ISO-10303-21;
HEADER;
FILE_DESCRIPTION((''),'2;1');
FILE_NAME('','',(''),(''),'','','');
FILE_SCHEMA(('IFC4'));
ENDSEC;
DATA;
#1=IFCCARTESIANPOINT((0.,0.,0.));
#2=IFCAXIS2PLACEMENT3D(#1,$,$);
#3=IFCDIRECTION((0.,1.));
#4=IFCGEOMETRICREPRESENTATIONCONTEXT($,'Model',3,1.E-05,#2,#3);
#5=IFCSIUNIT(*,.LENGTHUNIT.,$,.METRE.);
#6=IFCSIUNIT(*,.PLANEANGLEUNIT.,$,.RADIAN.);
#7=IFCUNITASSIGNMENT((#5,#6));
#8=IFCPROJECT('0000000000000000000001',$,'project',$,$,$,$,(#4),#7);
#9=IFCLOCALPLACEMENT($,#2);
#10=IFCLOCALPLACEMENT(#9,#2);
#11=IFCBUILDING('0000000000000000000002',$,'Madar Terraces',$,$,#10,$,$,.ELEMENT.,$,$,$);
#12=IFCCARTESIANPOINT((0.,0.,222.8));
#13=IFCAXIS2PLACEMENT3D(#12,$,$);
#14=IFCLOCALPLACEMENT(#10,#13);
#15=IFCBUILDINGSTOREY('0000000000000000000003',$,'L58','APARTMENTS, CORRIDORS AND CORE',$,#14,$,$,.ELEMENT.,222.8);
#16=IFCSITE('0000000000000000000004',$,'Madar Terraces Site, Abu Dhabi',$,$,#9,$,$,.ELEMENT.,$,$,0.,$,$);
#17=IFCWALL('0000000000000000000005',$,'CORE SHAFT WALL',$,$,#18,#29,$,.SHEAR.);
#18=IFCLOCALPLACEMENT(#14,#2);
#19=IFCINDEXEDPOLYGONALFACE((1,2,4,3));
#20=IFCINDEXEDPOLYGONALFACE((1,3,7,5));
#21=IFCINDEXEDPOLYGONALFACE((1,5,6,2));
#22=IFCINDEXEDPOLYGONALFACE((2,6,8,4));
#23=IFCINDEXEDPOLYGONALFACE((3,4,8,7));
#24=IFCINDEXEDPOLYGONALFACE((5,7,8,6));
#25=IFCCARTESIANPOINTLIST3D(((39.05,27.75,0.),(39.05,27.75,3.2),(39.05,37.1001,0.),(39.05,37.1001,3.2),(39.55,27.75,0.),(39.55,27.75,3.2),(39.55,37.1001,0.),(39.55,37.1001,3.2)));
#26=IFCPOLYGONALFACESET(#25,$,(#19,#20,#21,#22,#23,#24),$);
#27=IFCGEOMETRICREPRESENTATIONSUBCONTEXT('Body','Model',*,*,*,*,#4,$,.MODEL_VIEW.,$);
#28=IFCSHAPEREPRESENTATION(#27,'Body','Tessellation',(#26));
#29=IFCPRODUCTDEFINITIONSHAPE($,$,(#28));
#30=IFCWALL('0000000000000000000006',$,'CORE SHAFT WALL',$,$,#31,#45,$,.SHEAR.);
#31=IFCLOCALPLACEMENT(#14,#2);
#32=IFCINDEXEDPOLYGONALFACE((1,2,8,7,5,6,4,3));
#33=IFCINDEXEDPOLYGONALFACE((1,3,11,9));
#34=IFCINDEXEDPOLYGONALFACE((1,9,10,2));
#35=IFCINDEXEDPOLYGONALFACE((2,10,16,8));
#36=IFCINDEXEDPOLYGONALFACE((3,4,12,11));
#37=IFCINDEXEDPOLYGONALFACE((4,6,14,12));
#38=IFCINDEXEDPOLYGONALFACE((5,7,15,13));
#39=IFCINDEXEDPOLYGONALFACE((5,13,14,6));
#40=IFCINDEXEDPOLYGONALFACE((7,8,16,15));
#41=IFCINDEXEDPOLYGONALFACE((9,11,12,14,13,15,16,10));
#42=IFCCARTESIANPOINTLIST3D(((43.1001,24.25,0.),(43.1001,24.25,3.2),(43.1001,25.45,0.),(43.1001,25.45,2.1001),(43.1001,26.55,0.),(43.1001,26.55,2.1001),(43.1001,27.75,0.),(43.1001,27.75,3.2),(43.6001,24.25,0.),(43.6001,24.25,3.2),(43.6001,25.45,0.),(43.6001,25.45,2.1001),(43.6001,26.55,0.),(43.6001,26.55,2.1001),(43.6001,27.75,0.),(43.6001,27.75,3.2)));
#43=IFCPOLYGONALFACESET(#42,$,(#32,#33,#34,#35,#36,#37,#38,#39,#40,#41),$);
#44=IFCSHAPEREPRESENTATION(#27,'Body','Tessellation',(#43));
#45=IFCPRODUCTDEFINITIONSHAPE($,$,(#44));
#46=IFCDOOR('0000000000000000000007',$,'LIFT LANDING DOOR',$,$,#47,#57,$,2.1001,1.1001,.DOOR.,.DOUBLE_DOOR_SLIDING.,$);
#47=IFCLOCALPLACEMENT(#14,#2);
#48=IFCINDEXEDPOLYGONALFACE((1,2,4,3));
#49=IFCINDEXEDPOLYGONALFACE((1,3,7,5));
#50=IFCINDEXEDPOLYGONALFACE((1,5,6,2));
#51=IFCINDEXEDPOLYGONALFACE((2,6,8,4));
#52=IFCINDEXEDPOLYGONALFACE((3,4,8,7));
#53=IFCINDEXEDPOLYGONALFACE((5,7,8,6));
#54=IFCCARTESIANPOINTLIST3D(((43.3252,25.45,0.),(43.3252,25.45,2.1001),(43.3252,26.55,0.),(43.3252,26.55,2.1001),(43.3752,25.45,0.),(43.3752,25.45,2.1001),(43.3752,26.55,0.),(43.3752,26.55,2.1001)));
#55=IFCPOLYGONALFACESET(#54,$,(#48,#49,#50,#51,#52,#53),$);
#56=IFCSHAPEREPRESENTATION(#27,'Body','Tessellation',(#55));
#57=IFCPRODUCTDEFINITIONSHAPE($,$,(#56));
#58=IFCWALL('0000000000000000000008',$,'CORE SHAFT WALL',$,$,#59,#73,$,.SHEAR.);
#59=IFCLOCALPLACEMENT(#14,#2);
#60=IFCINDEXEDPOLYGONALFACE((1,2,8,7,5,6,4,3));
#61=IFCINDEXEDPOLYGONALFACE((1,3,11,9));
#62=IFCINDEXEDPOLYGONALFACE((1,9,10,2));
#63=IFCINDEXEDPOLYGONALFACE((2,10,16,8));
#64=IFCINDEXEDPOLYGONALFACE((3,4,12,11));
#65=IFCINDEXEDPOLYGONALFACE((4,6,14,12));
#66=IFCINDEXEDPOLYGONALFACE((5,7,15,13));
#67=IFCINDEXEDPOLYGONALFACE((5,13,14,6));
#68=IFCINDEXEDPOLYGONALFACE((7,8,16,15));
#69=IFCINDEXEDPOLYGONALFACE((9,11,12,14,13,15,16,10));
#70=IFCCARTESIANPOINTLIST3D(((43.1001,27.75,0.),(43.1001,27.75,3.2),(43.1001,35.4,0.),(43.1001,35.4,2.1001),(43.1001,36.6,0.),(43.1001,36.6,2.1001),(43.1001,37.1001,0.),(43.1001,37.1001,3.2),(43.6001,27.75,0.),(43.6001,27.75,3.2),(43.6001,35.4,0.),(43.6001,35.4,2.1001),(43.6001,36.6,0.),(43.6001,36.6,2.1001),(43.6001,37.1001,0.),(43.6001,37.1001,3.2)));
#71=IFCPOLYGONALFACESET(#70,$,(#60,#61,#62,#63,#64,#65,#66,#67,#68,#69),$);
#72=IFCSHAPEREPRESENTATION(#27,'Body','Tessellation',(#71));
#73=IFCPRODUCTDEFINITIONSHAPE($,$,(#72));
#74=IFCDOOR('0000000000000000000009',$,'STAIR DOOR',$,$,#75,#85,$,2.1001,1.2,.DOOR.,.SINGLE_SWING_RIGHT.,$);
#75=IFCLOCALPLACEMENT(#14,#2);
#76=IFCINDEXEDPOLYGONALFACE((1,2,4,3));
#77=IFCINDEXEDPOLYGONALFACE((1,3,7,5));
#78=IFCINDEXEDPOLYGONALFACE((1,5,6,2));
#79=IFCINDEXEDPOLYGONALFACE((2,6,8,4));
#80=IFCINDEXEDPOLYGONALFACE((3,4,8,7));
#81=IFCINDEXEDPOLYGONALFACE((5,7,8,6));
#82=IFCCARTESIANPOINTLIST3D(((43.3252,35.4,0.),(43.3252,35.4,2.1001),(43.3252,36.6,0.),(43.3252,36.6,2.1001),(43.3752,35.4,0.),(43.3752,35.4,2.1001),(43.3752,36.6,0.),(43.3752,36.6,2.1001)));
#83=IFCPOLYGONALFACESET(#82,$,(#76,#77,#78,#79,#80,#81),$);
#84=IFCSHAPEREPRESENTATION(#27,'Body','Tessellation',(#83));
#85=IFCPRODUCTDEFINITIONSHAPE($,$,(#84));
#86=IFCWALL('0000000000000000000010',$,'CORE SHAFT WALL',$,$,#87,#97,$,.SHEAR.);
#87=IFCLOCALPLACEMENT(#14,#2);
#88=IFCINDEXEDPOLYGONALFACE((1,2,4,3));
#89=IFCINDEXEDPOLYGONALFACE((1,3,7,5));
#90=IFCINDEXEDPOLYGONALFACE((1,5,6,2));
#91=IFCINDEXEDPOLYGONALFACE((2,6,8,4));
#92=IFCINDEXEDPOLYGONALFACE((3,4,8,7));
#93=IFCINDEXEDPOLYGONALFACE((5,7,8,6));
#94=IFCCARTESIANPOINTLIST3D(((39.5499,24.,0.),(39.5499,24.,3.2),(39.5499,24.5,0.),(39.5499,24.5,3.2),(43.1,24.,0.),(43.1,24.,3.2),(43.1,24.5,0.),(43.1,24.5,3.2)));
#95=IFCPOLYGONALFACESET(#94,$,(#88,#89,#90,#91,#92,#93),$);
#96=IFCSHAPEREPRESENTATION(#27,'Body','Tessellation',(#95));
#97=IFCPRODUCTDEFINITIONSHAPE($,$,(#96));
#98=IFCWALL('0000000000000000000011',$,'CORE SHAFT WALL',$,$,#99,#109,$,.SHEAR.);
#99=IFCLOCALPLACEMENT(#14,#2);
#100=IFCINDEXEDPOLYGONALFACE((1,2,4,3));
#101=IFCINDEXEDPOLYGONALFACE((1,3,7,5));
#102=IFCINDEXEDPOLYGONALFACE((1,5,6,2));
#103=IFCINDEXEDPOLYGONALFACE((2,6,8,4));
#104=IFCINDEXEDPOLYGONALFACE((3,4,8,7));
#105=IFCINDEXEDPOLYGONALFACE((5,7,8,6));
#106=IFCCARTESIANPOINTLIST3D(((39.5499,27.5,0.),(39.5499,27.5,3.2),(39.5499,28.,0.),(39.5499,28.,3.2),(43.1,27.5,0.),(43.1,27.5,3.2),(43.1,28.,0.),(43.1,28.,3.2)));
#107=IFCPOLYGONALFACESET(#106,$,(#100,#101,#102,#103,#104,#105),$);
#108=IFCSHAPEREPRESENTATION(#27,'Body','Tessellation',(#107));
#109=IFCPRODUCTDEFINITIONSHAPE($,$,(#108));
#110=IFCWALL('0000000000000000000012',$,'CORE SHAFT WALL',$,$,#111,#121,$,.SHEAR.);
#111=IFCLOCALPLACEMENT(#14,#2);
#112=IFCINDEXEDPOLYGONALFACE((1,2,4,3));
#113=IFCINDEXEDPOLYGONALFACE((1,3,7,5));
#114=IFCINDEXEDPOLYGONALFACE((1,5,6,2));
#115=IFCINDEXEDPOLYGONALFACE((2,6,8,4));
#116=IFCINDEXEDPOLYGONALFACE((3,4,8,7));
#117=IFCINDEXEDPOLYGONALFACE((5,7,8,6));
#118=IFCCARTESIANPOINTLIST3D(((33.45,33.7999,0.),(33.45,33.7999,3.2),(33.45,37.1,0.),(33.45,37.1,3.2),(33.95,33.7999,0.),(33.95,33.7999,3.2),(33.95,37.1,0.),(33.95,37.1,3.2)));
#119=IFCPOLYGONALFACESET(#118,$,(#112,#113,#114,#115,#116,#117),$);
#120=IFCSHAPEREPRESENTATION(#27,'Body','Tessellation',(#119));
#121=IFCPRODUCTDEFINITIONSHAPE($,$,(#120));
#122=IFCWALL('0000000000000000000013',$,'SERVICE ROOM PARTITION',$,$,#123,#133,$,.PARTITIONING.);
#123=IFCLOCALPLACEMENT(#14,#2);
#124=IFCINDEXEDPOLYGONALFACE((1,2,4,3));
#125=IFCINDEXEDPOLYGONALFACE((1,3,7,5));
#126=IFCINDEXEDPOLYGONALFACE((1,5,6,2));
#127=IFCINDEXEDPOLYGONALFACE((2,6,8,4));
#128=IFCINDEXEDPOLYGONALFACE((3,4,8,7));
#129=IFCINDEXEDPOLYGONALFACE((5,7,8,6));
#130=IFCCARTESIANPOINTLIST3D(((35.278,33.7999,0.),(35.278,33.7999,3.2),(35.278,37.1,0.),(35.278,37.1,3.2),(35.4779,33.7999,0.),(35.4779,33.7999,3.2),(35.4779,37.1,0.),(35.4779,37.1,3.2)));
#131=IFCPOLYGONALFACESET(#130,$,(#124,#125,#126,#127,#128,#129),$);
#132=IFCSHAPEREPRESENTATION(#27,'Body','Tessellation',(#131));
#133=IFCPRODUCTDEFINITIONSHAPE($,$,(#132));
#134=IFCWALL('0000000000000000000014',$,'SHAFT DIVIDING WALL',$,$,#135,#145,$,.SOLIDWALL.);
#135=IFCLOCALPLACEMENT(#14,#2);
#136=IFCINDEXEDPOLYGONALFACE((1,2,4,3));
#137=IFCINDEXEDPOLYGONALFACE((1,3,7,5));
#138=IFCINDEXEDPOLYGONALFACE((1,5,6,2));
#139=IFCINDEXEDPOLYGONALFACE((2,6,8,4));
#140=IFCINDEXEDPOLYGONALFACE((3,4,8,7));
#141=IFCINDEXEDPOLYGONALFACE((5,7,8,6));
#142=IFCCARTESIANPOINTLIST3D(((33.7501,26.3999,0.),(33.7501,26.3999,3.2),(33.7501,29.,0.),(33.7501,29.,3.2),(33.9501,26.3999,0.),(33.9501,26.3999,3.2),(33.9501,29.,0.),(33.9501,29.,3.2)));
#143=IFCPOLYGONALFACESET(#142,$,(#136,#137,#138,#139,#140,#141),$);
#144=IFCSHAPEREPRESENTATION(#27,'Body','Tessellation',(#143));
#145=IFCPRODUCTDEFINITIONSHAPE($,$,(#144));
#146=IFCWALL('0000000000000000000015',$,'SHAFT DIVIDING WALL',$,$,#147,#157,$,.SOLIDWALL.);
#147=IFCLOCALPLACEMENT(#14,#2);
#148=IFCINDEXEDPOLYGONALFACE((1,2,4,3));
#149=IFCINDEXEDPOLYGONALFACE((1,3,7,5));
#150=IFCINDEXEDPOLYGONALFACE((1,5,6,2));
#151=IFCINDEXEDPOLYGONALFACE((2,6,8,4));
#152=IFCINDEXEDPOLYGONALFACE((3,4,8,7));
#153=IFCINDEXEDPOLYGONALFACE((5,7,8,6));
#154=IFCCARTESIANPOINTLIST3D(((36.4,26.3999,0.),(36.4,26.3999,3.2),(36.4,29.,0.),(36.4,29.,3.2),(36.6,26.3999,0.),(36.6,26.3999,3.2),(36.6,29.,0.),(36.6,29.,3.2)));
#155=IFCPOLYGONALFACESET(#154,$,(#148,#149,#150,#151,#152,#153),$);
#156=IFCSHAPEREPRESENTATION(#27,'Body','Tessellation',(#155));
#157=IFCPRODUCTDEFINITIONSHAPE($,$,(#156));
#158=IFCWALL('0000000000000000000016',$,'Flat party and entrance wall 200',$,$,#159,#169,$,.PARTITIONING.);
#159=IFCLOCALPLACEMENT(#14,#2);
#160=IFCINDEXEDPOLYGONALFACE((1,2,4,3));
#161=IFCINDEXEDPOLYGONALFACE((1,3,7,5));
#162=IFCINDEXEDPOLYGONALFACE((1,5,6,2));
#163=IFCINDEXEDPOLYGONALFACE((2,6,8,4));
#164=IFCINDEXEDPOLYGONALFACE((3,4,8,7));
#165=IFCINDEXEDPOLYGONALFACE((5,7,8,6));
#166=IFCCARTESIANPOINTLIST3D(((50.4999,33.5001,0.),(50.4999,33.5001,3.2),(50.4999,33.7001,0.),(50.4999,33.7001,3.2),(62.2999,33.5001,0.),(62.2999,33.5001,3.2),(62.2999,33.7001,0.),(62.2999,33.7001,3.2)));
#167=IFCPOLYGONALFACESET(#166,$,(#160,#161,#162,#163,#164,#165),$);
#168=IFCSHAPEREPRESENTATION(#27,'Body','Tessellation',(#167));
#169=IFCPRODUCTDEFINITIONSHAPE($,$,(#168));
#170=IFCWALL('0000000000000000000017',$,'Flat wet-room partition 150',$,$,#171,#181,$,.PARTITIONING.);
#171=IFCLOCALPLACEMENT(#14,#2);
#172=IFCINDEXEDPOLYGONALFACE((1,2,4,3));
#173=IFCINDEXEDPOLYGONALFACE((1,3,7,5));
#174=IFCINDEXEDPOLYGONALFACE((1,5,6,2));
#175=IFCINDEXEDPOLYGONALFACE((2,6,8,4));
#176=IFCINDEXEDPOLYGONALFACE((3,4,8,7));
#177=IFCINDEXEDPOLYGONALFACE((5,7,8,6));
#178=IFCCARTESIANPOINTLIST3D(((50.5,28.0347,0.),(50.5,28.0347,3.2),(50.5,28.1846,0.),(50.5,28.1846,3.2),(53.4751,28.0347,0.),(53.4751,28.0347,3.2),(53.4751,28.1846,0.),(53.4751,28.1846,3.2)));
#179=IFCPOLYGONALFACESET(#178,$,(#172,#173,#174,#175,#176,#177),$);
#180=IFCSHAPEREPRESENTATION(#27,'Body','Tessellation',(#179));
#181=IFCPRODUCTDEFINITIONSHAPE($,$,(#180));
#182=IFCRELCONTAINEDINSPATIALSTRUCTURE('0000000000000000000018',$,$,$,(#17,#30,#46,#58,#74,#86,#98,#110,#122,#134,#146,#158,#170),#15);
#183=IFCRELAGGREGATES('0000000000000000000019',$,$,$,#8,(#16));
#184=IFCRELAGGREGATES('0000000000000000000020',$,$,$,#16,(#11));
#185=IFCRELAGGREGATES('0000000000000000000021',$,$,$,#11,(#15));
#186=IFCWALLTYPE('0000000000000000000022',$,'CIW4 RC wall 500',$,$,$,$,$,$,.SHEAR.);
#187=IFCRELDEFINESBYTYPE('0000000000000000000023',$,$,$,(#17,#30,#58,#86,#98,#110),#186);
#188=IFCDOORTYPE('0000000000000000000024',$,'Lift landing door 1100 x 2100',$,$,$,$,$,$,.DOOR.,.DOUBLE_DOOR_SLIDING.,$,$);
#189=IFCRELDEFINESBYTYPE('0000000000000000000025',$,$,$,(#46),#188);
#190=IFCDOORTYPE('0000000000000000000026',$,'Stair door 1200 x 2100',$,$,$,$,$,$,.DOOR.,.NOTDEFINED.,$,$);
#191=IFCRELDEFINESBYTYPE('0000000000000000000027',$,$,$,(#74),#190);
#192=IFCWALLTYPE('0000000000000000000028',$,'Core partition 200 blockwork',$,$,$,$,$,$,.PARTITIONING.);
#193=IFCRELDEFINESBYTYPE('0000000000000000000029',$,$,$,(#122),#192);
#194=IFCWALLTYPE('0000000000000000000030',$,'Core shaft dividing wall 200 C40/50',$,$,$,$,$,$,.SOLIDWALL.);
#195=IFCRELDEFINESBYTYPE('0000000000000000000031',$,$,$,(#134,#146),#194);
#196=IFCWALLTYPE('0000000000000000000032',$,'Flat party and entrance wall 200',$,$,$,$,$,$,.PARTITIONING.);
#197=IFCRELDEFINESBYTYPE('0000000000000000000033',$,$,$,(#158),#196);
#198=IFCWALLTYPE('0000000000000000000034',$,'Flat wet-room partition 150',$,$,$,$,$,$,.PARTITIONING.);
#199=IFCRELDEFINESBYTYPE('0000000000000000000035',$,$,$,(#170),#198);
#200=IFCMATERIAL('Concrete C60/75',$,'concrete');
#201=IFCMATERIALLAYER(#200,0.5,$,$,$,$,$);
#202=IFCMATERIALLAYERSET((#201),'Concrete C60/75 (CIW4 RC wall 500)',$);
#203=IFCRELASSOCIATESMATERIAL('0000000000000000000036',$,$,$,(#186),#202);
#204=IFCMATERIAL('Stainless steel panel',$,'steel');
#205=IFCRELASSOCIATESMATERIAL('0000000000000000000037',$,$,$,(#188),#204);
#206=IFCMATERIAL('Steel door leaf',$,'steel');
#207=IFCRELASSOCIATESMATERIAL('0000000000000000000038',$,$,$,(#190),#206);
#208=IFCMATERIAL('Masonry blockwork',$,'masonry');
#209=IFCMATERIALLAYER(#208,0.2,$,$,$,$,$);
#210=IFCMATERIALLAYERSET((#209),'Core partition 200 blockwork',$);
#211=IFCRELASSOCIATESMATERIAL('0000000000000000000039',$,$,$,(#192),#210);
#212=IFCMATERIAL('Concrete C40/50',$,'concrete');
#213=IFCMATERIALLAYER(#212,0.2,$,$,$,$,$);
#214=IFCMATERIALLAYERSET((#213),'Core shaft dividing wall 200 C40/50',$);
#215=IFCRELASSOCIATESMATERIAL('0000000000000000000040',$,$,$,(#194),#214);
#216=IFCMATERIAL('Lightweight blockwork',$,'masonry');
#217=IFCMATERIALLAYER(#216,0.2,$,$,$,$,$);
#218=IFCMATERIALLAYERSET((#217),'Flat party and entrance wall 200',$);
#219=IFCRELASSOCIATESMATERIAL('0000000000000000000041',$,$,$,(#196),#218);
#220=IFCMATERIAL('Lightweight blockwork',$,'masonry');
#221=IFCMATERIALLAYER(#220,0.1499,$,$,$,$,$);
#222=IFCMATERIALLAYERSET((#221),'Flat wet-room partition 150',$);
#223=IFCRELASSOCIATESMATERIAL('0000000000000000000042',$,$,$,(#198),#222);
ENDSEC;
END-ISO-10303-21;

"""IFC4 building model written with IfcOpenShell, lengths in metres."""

from ifc_helpers import new_model, si_unit, direction, frame, frame_2d, origin, place, context, subcontext, project, spatial, rectangle, extrude, material, layer, layer_set, type_object, element, fill, save


model = new_model("IFC4")

# Units and contexts
model_context = context("Model", 3, precision=1e-05, world=origin(), true_north=direction((0.0, 1.0)))
body_context = subcontext(model_context, "Body", "Model", "MODEL_VIEW")
ifc_project = project(units=[si_unit("LENGTHUNIT", "METRE"), si_unit("PLANEANGLEUNIT", "RADIAN")], contexts=[model_context])

# Site, building, storey
site_placement = place(None, origin())
site = spatial("IfcSite", under=ifc_project, at=site_placement, Name="Madar Terraces Site, Abu Dhabi", CompositionType="ELEMENT", RefElevation=0.0)
building_placement = place(site_placement, origin())
building = spatial("IfcBuilding", under=site, at=building_placement, Name="Madar Terraces", CompositionType="ELEMENT")
storey_placement = place(building_placement, frame((0.0, 0.0, 222.8)))
storey = spatial("IfcBuildingStorey", under=building, at=storey_placement, Name="L58", Description="APARTMENTS, CORRIDORS AND CORE", CompositionType="ELEMENT", Elevation=222.8)

# Wall
ifc_material_1 = material(Name="Concrete C60/75", Category="concrete")
ifc_layer_1 = layer(ifc_material_1, 0.5)
ifc_layer_set_1 = layer_set([ifc_layer_1], Name="Concrete C60/75 (CIW4 RC wall 500)")
wall_type_1 = type_object("IfcWallType", Name="CIW4 RC wall 500", PredefinedType="SHEAR", material=ifc_layer_set_1)
wall_1_placement = place(storey_placement, frame((39.3, 27.75, 0.0), z_axis=(0.0, 0.0, 1.0), x_axis=(0.0, 1.0, 0.0)))
element("IfcWall", 1, at=wall_1_placement, inside=storey, type_object=wall_type_1, Name="CORE SHAFT WALL", PredefinedType="SHEAR", context=body_context, shape_type="SweptSolid", body=[
    extrude(rectangle(XDim=9.3501, YDim=0.5, at=frame_2d((4.675, 0.0))), origin(), (0.0, 0.0, 1.0), 3.2),
])

# Walls, openings, doors
wall_2_placement = place(storey_placement, frame((43.3501, 24.25, 0.0), z_axis=(0.0, 0.0, 1.0), x_axis=(0.0, 1.0, 0.0)))
wall_2 = element("IfcWall", 2, at=wall_2_placement, inside=storey, type_object=wall_type_1, Name="CORE SHAFT WALL", PredefinedType="SHEAR", context=body_context, shape_type="SweptSolid", body=[
    extrude(rectangle(XDim=3.5, YDim=0.5, at=frame_2d((1.75, 0.0))), origin(), (0.0, 0.0, 1.0), 3.2),
])
opening_1_placement = place(wall_2_placement, frame((1.2, 0.0, 0.0)))
opening_1 = element("IfcOpeningElement", 3, at=opening_1_placement, cuts=wall_2, PredefinedType="OPENING", context=body_context, shape_type="SweptSolid", body=[
    extrude(rectangle(XDim=1.1001, YDim=2.1001, at=frame_2d((0.55, 1.05))), frame((0.0, 0.26, 0.0), z_axis=(0.0, -1.0, 0.0), x_axis=(1.0, 0.0, 0.0)), (0.0, 0.0, 1.0), 0.52),
])
ifc_material_2 = material(Name="Stainless steel panel", Category="steel")
door_type_1 = type_object("IfcDoorType", Name="Lift landing door 1100 x 2100", OperationType="DOUBLE_DOOR_SLIDING", PredefinedType="DOOR", material=ifc_material_2)
door_1_placement = place(opening_1_placement, origin())
door_1 = element("IfcDoor", 4, at=door_1_placement, inside=storey, type_object=door_type_1, Name="LIFT LANDING DOOR", OperationType="DOUBLE_DOOR_SLIDING", OverallHeight=2.1001, OverallWidth=1.1001, PredefinedType="DOOR", context=body_context, shape_type="SweptSolid", body=[
    extrude(rectangle(XDim=1.1001, YDim=2.1001, at=frame_2d((0.55, 1.05))), frame((0.0, 0.0249, 0.0), z_axis=(0.0, -1.0, 0.0), x_axis=(1.0, 0.0, 0.0)), (0.0, 0.0, 1.0), 0.05),
])
fill(opening_1, door_1)
wall_3_placement = place(storey_placement, frame((43.3501, 27.75, 0.0), z_axis=(0.0, 0.0, 1.0), x_axis=(0.0, 1.0, 0.0)))
wall_3 = element("IfcWall", 5, at=wall_3_placement, inside=storey, type_object=wall_type_1, Name="CORE SHAFT WALL", PredefinedType="SHEAR", context=body_context, shape_type="SweptSolid", body=[
    extrude(rectangle(XDim=9.3501, YDim=0.5, at=frame_2d((4.675, 0.0))), origin(), (0.0, 0.0, 1.0), 3.2),
])
opening_2_placement = place(wall_3_placement, frame((7.6499, 0.0, 0.0)))
opening_2 = element("IfcOpeningElement", 6, at=opening_2_placement, cuts=wall_3, PredefinedType="OPENING", context=body_context, shape_type="SweptSolid", body=[
    extrude(rectangle(XDim=1.2, YDim=2.1001, at=frame_2d((0.6001, 1.05))), frame((0.0, 0.26, 0.0), z_axis=(0.0, -1.0, 0.0), x_axis=(1.0, 0.0, 0.0)), (0.0, 0.0, 1.0), 0.52),
])
ifc_material_3 = material(Name="Steel door leaf", Category="steel")
door_type_2 = type_object("IfcDoorType", Name="Stair door 1200 x 2100", OperationType="NOTDEFINED", PredefinedType="DOOR", material=ifc_material_3)
door_2_placement = place(opening_2_placement, origin())
door_2 = element("IfcDoor", 7, at=door_2_placement, inside=storey, type_object=door_type_2, Name="STAIR DOOR", OperationType="SINGLE_SWING_RIGHT", OverallHeight=2.1001, OverallWidth=1.2, PredefinedType="DOOR", context=body_context, shape_type="SweptSolid", body=[
    extrude(rectangle(XDim=1.2, YDim=2.1001, at=frame_2d((0.6001, 1.05))), frame((0.0, 0.0249, 0.0), z_axis=(0.0, -1.0, 0.0), x_axis=(1.0, 0.0, 0.0)), (0.0, 0.0, 1.0), 0.05),
])
fill(opening_2, door_2)

# Walls
for number, where, z_axis, x_axis, name in (
    (8, (39.55, 24.25, 0.0), (0.0, 0.0, 1.0), (1.0, 0.0, 0.0), "CORE SHAFT WALL"),
    (9, (39.55, 27.75, 0.0), (0.0, 0.0, 1.0), (1.0, 0.0, 0.0), "CORE SHAFT WALL"),
):
    element("IfcWall", number, at=place(storey_placement, frame(where, z_axis=z_axis, x_axis=x_axis)), inside=storey, type_object=wall_type_1, Name=name, PredefinedType="SHEAR", context=body_context, shape_type="SweptSolid", body=[
        extrude(rectangle(XDim=3.55, YDim=0.5, at=frame_2d((1.7749, 0.0))), origin(), (0.0, 0.0, 1.0), 3.2),
    ])
wall_4_placement = place(storey_placement, frame((33.7, 33.8, 0.0), z_axis=(0.0, 0.0, 1.0), x_axis=(0.0, 1.0, 0.0)))
element("IfcWall", 10, at=wall_4_placement, inside=storey, type_object=wall_type_1, Name="CORE SHAFT WALL", PredefinedType="SHEAR", context=body_context, shape_type="SweptSolid", body=[
    extrude(rectangle(XDim=3.3, YDim=0.5, at=frame_2d((1.6499, 0.0))), origin(), (0.0, 0.0, 1.0), 3.2),
])
ifc_material_4 = material(Name="Masonry blockwork", Category="masonry")
ifc_layer_2 = layer(ifc_material_4, 0.2)
ifc_layer_set_2 = layer_set([ifc_layer_2], Name="Core partition 200 blockwork")
wall_type_2 = type_object("IfcWallType", Name="Core partition 200 blockwork", PredefinedType="PARTITIONING", material=ifc_layer_set_2)
wall_5_placement = place(storey_placement, frame((35.3779, 33.8, 0.0), z_axis=(0.0, 0.0, 1.0), x_axis=(0.0, 1.0, 0.0)))
element("IfcWall", 11, at=wall_5_placement, inside=storey, type_object=wall_type_2, Name="SERVICE ROOM PARTITION", PredefinedType="PARTITIONING", context=body_context, shape_type="SweptSolid", body=[
    extrude(rectangle(XDim=3.3, YDim=0.2, at=frame_2d((1.6499, 0.0))), origin(), (0.0, 0.0, 1.0), 3.2),
])
ifc_material_5 = material(Name="Concrete C40/50", Category="concrete")
ifc_layer_3 = layer(ifc_material_5, 0.2)
ifc_layer_set_3 = layer_set([ifc_layer_3], Name="Core shaft dividing wall 200 C40/50")
wall_type_3 = type_object("IfcWallType", Name="Core shaft dividing wall 200 C40/50", PredefinedType="SOLIDWALL", material=ifc_layer_set_3)
for number, where, z_axis, x_axis, name in (
    (12, (33.8501, 26.3999, 0.0), (0.0, 0.0, 1.0), (0.0, 1.0, 0.0), "SHAFT DIVIDING WALL"),
    (13, (36.5, 26.3999, 0.0), (0.0, 0.0, 1.0), (0.0, 1.0, 0.0), "SHAFT DIVIDING WALL"),
):
    element("IfcWall", number, at=place(storey_placement, frame(where, z_axis=z_axis, x_axis=x_axis)), inside=storey, type_object=wall_type_3, Name=name, PredefinedType="SOLIDWALL", context=body_context, shape_type="SweptSolid", body=[
        extrude(rectangle(XDim=2.6001, YDim=0.2, at=frame_2d((1.3, 0.0))), origin(), (0.0, 0.0, 1.0), 3.2),
    ])
ifc_material_6 = material(Name="Lightweight blockwork", Category="masonry")
ifc_layer_4 = layer(ifc_material_6, 0.2)
ifc_layer_set_4 = layer_set([ifc_layer_4], Name="Flat party and entrance wall 200")
wall_type_4 = type_object("IfcWallType", Name="Flat party and entrance wall 200", PredefinedType="PARTITIONING", material=ifc_layer_set_4)
wall_6_placement = place(storey_placement, frame((50.5, 33.6001, 0.0), z_axis=(0.0, 0.0, 1.0), x_axis=(1.0, 0.0, 0.0)))
element("IfcWall", 14, at=wall_6_placement, inside=storey, type_object=wall_type_4, Name="Flat party and entrance wall 200", PredefinedType="PARTITIONING", context=body_context, shape_type="SweptSolid", body=[
    extrude(rectangle(XDim=11.8, YDim=0.2, at=frame_2d((5.8999, 0.0))), origin(), (0.0, 0.0, 1.0), 3.2),
])
ifc_material_7 = material(Name="Lightweight blockwork", Category="masonry")
ifc_layer_5 = layer(ifc_material_7, 0.1499)
ifc_layer_set_5 = layer_set([ifc_layer_5], Name="Flat wet-room partition 150")
wall_type_5 = type_object("IfcWallType", Name="Flat wet-room partition 150", PredefinedType="PARTITIONING", material=ifc_layer_set_5)
wall_7_placement = place(storey_placement, frame((50.5, 28.1096, 0.0), z_axis=(0.0, 0.0, 1.0), x_axis=(1.0, 0.0, 0.0)))
element("IfcWall", 15, at=wall_7_placement, inside=storey, type_object=wall_type_5, Name="Flat wet-room partition 150", PredefinedType="PARTITIONING", context=body_context, shape_type="SweptSolid", body=[
    extrude(rectangle(XDim=2.9751, YDim=0.1499, at=frame_2d((1.4875, 0.0))), origin(), (0.0, 0.0, 1.0), 3.2),
])

save(model, "model.ifc")
